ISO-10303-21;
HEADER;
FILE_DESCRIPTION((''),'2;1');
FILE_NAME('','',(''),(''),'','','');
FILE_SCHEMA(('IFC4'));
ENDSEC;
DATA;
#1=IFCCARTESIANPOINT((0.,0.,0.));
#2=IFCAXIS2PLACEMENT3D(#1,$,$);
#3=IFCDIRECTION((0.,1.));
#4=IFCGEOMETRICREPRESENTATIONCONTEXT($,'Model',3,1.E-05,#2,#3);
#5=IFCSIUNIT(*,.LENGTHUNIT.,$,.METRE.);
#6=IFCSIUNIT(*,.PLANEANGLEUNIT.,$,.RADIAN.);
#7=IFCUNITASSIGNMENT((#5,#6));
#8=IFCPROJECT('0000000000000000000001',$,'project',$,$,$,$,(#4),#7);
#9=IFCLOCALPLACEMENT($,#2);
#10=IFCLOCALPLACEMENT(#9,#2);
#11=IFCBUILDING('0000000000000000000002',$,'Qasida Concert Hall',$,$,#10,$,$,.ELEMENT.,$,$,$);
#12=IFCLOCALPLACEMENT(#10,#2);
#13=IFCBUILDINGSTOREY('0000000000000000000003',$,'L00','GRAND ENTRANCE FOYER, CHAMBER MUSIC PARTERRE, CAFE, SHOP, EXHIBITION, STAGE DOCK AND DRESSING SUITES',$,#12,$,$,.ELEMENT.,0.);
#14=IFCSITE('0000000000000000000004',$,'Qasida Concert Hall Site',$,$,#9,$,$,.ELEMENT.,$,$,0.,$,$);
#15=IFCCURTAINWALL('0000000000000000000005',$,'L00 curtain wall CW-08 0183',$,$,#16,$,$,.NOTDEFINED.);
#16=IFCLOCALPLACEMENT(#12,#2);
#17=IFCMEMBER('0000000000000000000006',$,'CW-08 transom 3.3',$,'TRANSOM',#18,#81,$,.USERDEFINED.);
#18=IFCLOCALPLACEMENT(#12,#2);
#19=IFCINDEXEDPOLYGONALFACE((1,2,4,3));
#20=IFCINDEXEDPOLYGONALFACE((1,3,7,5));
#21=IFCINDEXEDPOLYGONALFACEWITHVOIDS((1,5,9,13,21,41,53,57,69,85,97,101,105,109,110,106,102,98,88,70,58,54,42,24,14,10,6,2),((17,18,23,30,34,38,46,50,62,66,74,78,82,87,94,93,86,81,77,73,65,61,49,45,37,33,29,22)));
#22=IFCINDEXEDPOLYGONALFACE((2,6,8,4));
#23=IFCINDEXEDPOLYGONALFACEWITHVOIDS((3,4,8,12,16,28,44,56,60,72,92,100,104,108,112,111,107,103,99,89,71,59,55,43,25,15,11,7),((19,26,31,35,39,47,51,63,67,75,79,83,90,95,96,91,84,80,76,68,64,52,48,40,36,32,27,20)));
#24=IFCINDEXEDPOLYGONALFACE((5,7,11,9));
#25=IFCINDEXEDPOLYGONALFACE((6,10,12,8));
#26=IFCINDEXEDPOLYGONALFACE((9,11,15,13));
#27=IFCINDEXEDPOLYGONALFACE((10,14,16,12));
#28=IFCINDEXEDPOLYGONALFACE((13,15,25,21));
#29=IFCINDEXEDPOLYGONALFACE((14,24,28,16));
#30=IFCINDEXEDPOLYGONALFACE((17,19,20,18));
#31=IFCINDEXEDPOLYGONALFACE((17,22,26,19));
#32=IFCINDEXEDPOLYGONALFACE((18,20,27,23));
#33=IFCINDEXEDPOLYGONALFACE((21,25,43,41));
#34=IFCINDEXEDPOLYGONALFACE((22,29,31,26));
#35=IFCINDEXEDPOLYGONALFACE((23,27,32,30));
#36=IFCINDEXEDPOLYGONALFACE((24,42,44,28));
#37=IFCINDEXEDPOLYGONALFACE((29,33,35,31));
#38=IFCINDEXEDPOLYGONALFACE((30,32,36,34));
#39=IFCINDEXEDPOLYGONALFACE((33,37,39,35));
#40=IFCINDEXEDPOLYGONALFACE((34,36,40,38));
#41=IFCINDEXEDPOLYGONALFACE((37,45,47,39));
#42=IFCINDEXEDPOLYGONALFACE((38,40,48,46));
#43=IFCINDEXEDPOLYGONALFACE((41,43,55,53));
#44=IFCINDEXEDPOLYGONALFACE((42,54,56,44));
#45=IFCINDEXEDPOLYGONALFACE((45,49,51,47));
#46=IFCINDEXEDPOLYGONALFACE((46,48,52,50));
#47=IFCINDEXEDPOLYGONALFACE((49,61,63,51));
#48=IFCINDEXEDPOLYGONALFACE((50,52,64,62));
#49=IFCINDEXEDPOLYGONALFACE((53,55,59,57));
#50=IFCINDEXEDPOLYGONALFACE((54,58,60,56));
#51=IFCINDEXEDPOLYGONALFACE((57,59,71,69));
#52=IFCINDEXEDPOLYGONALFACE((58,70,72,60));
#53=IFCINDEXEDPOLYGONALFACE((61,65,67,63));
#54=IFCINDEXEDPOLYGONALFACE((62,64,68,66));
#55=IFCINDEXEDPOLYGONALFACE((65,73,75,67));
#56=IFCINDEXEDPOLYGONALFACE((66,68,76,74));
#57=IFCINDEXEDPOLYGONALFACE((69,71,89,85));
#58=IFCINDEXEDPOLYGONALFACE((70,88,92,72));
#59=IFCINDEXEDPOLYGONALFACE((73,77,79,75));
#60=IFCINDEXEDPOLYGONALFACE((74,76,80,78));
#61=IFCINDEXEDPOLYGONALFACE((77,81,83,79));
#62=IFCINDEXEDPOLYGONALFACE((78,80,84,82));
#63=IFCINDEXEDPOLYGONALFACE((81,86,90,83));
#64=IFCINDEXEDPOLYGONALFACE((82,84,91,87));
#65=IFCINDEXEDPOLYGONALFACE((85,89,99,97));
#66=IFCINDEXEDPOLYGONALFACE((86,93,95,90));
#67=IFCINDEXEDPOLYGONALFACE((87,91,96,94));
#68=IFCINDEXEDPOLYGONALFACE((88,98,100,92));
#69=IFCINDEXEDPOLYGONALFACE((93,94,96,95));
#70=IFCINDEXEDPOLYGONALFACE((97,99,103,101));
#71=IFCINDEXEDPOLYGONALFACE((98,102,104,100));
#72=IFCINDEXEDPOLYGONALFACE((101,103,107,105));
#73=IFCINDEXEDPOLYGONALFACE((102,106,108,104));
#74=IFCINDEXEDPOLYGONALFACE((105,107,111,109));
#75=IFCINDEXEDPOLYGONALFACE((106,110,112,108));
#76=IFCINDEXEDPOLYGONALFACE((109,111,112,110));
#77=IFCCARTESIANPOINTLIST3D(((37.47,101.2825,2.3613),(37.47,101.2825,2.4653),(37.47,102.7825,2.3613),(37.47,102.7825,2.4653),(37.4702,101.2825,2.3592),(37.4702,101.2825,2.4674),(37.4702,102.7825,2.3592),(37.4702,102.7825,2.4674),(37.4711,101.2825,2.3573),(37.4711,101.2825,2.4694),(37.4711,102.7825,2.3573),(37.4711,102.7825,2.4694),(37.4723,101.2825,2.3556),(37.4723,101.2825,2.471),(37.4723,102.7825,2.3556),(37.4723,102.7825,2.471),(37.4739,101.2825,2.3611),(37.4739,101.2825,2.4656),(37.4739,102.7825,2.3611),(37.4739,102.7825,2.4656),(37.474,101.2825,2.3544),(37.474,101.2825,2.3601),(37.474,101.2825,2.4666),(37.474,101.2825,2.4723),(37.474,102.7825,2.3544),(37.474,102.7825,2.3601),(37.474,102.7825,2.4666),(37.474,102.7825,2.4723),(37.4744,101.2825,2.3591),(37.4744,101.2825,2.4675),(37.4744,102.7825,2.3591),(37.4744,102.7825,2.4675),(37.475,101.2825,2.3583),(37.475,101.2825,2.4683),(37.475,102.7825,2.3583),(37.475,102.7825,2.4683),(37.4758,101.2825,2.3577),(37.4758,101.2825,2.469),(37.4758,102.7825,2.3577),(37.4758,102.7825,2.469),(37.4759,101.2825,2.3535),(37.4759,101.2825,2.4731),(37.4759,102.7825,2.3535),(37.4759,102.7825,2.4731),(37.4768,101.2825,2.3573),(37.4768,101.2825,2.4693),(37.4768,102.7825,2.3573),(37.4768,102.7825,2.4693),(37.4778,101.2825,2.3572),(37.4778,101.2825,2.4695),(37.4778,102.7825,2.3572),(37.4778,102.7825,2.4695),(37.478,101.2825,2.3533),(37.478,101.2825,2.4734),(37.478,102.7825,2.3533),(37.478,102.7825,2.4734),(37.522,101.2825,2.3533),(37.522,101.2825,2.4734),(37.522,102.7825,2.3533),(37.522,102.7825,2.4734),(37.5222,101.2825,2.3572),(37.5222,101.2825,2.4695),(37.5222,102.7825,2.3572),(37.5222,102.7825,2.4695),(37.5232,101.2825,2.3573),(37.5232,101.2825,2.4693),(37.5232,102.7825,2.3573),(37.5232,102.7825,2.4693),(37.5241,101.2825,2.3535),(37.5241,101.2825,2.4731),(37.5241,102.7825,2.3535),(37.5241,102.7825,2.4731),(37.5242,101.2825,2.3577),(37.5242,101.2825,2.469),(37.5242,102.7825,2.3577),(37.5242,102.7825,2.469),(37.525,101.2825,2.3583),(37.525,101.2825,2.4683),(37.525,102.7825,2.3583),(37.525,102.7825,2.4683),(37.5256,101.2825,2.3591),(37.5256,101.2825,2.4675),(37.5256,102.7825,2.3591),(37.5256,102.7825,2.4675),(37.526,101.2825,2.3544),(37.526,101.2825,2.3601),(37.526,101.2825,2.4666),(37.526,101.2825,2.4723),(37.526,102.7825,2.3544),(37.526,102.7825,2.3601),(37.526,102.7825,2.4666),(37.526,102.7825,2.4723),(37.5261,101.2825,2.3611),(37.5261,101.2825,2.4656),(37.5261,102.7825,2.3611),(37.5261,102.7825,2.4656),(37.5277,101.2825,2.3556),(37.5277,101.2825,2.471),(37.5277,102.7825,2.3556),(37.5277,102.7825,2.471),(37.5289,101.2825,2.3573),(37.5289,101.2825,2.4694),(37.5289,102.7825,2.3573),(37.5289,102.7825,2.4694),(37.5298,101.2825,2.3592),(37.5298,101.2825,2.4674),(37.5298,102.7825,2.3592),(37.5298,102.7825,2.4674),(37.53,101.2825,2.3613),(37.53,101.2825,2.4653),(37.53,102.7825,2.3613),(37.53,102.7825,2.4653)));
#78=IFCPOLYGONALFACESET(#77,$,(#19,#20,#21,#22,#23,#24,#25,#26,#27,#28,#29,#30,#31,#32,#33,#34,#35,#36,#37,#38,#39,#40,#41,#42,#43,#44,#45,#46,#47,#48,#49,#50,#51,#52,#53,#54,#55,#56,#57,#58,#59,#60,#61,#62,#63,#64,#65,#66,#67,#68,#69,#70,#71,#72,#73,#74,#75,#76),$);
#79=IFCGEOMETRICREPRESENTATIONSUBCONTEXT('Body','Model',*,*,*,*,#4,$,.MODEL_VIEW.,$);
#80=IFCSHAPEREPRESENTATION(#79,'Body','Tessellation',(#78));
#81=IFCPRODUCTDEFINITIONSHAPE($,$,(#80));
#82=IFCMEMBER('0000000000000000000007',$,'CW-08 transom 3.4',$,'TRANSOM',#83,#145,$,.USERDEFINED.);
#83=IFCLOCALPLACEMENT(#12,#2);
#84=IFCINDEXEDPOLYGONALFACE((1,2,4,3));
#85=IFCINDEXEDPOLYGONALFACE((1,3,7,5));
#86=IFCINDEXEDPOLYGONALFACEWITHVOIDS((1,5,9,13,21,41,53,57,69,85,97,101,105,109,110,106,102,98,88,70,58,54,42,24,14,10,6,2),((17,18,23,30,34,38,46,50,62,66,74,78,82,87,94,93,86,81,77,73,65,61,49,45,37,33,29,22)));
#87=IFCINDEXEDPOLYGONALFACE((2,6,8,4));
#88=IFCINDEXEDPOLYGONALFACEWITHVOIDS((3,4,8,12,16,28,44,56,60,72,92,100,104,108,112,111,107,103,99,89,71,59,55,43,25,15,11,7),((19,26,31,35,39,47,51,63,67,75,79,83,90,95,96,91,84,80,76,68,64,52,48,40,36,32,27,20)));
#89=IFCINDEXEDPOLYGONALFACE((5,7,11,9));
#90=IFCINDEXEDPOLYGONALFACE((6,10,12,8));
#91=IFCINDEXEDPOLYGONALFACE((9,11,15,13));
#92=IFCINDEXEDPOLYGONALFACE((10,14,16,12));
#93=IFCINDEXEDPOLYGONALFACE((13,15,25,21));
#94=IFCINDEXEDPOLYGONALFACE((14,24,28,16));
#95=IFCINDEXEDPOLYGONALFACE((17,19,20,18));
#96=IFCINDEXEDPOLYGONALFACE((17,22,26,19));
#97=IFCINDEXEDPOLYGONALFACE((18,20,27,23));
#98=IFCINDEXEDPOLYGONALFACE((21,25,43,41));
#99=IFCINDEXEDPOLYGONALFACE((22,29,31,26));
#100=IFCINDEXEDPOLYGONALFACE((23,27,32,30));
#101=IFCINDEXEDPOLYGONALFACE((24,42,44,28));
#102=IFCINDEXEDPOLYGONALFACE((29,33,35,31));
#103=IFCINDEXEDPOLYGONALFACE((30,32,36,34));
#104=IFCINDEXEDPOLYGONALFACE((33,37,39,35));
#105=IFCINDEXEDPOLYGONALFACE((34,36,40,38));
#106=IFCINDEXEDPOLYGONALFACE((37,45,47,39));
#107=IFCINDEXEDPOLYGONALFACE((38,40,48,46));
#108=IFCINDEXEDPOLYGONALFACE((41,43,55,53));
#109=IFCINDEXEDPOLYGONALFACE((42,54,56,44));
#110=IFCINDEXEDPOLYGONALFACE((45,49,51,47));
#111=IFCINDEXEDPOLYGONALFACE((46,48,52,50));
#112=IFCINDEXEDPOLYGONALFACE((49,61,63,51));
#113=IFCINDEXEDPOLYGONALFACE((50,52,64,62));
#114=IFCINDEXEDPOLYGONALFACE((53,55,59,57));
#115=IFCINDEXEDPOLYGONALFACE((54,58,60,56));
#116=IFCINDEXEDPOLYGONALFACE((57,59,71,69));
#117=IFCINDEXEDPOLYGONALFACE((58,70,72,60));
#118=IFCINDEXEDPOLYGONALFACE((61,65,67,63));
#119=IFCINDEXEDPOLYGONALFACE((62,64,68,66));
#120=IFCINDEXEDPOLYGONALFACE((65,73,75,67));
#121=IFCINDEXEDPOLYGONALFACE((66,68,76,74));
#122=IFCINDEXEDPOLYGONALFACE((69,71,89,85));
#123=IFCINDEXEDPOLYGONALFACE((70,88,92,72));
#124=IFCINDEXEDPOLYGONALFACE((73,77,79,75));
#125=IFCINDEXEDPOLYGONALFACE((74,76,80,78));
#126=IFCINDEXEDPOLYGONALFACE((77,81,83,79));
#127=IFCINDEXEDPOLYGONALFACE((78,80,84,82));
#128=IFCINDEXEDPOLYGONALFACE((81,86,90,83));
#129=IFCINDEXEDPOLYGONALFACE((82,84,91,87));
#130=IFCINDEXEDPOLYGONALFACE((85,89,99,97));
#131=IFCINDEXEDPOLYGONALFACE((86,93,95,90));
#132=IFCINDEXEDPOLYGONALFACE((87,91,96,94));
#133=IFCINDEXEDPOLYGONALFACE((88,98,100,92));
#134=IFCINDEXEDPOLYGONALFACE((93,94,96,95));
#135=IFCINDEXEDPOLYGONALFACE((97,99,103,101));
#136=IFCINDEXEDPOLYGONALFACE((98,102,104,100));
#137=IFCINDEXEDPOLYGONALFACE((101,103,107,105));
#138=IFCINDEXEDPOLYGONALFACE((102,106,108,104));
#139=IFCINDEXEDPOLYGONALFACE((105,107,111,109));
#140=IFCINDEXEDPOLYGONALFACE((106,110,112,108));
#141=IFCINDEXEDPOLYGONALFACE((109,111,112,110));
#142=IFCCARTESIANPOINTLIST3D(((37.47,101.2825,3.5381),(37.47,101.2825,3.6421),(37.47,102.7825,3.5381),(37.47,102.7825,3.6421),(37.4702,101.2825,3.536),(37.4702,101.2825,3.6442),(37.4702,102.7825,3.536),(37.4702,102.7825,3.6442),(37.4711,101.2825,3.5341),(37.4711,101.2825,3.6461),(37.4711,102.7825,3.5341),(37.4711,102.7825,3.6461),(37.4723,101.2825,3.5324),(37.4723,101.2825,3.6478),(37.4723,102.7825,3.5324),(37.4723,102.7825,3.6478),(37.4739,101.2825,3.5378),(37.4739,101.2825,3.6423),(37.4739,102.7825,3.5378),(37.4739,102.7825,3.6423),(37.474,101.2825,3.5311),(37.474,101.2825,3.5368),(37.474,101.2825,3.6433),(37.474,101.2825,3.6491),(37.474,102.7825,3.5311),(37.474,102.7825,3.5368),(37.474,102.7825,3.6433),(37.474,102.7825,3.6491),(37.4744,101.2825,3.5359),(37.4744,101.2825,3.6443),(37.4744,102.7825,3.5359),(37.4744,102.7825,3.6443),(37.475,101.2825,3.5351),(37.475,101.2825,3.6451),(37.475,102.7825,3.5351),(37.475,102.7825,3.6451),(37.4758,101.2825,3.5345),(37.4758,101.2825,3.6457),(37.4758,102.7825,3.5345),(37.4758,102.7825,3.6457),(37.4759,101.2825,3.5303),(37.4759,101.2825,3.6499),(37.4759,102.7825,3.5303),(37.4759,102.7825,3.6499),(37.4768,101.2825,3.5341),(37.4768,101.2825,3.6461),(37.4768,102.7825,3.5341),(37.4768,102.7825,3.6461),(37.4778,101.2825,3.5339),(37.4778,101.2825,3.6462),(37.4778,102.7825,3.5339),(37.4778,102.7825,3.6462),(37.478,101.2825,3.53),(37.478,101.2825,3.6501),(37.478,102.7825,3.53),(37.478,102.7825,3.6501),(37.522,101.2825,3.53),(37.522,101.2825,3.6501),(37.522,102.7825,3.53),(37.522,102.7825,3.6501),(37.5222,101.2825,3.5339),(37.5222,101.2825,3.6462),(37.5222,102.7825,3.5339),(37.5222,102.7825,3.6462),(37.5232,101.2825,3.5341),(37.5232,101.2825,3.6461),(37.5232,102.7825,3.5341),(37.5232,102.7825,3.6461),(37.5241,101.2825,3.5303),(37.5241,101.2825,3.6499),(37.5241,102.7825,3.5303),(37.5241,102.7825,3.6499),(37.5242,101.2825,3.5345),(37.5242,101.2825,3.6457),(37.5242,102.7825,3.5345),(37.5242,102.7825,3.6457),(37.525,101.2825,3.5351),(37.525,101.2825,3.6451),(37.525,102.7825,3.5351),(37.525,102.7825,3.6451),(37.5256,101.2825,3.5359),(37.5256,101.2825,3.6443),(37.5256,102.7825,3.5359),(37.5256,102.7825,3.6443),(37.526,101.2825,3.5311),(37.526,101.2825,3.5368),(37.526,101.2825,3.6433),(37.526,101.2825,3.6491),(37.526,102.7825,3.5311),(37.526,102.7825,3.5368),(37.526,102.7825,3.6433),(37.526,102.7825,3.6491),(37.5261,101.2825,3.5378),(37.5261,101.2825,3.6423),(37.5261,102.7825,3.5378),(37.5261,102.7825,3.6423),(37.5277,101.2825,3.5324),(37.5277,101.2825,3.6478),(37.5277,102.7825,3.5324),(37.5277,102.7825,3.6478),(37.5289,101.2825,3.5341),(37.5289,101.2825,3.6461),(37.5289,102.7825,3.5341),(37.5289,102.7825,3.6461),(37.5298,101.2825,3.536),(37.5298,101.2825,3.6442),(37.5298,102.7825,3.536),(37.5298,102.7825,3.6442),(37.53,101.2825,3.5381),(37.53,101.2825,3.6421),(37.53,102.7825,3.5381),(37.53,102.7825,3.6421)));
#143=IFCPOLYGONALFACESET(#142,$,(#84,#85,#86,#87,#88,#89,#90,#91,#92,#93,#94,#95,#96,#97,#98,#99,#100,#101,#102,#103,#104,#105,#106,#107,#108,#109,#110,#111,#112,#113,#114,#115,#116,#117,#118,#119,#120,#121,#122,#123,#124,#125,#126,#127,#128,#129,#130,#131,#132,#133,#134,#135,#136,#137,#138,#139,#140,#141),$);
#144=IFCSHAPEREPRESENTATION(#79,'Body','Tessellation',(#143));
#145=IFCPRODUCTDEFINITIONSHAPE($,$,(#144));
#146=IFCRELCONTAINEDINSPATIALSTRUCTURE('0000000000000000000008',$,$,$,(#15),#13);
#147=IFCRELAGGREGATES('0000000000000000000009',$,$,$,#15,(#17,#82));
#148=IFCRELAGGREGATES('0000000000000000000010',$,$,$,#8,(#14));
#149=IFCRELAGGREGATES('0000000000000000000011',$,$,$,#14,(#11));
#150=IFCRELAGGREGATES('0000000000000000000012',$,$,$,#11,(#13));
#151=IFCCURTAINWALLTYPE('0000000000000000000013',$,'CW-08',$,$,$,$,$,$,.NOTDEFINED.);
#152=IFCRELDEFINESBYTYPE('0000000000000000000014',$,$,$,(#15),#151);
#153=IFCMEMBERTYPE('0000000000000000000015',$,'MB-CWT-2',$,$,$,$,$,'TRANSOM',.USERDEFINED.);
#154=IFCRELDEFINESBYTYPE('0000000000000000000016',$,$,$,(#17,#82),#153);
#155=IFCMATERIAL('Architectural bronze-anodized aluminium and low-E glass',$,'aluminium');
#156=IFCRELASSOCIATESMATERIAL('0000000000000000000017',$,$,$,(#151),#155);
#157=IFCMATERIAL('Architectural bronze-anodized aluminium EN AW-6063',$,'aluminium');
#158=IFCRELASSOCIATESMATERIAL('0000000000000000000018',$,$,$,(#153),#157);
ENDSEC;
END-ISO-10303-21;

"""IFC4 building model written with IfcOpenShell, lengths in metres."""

from ifc_helpers import new_model, si_unit, direction, frame, origin, origin_2d, place, context, subcontext, project, spatial, hollow_rectangle, extrude, material, material_profile, profile_set, type_object, element, aggregate, save


model = new_model("IFC4")

# Units and contexts
model_context = context("Model", 3, precision=1e-05, world=origin(), true_north=direction((0.0, 1.0)))
body_context = subcontext(model_context, "Body", "Model", "MODEL_VIEW")
ifc_project = project(units=[si_unit("LENGTHUNIT", "METRE"), si_unit("PLANEANGLEUNIT", "RADIAN")], contexts=[model_context])

# Site, building, storey
site_placement = place(None, origin())
site = spatial("IfcSite", under=ifc_project, at=site_placement, Name="Qasida Concert Hall Site", CompositionType="ELEMENT", RefElevation=0.0)
building_placement = place(site_placement, origin())
building = spatial("IfcBuilding", under=site, at=building_placement, Name="Qasida Concert Hall", CompositionType="ELEMENT")
storey_placement = place(building_placement, origin())
storey = spatial("IfcBuildingStorey", under=building, at=storey_placement, Name="L00", Description="GRAND ENTRANCE FOYER, CHAMBER MUSIC PARTERRE, CAFE, SHOP, EXHIBITION, STAGE DOCK AND DRESSING SUITES", CompositionType="ELEMENT", Elevation=0.0)

# Curtain wall, members
ifc_material_1 = material(Name="Architectural bronze-anodized aluminium and low-E glass", Category="aluminium")
curtain_wall_type = type_object("IfcCurtainWallType", Name="CW-08", PredefinedType="NOTDEFINED", material=ifc_material_1)
curtain_wall_placement = place(storey_placement, origin())
curtain_wall = element("IfcCurtainWall", 1, at=curtain_wall_placement, inside=storey, type_object=curtain_wall_type, Name="L00 curtain wall CW-08 0183", PredefinedType="NOTDEFINED")
ifc_material_2 = material(Name="Architectural bronze-anodized aluminium EN AW-6063", Category="aluminium")
ifc_material_profile_1 = material_profile(ifc_material_2, hollow_rectangle(XDim=0.0601, YDim=0.1201, WallThickness=0.0039, InnerFilletRadius=0.0039, OuterFilletRadius=0.0081, at=origin_2d()), Name="CWT 120x60x4")
ifc_profile_set_1 = profile_set([ifc_material_profile_1], Name="Architectural bronze-anodized aluminium EN AW-6063")
member_type_1 = type_object("IfcMemberType", Name="MB-CWT-2", ElementType="TRANSOM", PredefinedType="USERDEFINED", material=ifc_profile_set_1)
member_1_placement = place(storey_placement, frame((37.5, 101.2825, 2.4133), z_axis=(0.0, 1.0, 0.0), x_axis=(-1.0, 0.0, 0.0)))
member_1 = element("IfcMember", 2, at=member_1_placement, type_object=member_type_1, Name="CW-08 transom 3.3", ObjectType="TRANSOM", PredefinedType="USERDEFINED", context=body_context, shape_type="SweptSolid", body=[
    extrude(hollow_rectangle(XDim=0.0601, YDim=0.1201, WallThickness=0.0039, InnerFilletRadius=0.0039, OuterFilletRadius=0.0081, at=origin_2d()), origin(), (0.0, 0.0, 1.0), 1.5),
])
member_2_placement = place(storey_placement, frame((37.5, 101.2825, 3.5901), z_axis=(0.0, 1.0, 0.0), x_axis=(-1.0, 0.0, 0.0)))
member_2 = element("IfcMember", 3, at=member_2_placement, type_object=member_type_1, Name="CW-08 transom 3.4", ObjectType="TRANSOM", PredefinedType="USERDEFINED", context=body_context, shape_type="SweptSolid", body=[
    extrude(hollow_rectangle(XDim=0.0601, YDim=0.1201, WallThickness=0.0039, InnerFilletRadius=0.0039, OuterFilletRadius=0.0081, at=origin_2d()), origin(), (0.0, 0.0, 1.0), 1.5),
])
aggregate(curtain_wall, [member_1, member_2])

save(model, "model.ifc")
